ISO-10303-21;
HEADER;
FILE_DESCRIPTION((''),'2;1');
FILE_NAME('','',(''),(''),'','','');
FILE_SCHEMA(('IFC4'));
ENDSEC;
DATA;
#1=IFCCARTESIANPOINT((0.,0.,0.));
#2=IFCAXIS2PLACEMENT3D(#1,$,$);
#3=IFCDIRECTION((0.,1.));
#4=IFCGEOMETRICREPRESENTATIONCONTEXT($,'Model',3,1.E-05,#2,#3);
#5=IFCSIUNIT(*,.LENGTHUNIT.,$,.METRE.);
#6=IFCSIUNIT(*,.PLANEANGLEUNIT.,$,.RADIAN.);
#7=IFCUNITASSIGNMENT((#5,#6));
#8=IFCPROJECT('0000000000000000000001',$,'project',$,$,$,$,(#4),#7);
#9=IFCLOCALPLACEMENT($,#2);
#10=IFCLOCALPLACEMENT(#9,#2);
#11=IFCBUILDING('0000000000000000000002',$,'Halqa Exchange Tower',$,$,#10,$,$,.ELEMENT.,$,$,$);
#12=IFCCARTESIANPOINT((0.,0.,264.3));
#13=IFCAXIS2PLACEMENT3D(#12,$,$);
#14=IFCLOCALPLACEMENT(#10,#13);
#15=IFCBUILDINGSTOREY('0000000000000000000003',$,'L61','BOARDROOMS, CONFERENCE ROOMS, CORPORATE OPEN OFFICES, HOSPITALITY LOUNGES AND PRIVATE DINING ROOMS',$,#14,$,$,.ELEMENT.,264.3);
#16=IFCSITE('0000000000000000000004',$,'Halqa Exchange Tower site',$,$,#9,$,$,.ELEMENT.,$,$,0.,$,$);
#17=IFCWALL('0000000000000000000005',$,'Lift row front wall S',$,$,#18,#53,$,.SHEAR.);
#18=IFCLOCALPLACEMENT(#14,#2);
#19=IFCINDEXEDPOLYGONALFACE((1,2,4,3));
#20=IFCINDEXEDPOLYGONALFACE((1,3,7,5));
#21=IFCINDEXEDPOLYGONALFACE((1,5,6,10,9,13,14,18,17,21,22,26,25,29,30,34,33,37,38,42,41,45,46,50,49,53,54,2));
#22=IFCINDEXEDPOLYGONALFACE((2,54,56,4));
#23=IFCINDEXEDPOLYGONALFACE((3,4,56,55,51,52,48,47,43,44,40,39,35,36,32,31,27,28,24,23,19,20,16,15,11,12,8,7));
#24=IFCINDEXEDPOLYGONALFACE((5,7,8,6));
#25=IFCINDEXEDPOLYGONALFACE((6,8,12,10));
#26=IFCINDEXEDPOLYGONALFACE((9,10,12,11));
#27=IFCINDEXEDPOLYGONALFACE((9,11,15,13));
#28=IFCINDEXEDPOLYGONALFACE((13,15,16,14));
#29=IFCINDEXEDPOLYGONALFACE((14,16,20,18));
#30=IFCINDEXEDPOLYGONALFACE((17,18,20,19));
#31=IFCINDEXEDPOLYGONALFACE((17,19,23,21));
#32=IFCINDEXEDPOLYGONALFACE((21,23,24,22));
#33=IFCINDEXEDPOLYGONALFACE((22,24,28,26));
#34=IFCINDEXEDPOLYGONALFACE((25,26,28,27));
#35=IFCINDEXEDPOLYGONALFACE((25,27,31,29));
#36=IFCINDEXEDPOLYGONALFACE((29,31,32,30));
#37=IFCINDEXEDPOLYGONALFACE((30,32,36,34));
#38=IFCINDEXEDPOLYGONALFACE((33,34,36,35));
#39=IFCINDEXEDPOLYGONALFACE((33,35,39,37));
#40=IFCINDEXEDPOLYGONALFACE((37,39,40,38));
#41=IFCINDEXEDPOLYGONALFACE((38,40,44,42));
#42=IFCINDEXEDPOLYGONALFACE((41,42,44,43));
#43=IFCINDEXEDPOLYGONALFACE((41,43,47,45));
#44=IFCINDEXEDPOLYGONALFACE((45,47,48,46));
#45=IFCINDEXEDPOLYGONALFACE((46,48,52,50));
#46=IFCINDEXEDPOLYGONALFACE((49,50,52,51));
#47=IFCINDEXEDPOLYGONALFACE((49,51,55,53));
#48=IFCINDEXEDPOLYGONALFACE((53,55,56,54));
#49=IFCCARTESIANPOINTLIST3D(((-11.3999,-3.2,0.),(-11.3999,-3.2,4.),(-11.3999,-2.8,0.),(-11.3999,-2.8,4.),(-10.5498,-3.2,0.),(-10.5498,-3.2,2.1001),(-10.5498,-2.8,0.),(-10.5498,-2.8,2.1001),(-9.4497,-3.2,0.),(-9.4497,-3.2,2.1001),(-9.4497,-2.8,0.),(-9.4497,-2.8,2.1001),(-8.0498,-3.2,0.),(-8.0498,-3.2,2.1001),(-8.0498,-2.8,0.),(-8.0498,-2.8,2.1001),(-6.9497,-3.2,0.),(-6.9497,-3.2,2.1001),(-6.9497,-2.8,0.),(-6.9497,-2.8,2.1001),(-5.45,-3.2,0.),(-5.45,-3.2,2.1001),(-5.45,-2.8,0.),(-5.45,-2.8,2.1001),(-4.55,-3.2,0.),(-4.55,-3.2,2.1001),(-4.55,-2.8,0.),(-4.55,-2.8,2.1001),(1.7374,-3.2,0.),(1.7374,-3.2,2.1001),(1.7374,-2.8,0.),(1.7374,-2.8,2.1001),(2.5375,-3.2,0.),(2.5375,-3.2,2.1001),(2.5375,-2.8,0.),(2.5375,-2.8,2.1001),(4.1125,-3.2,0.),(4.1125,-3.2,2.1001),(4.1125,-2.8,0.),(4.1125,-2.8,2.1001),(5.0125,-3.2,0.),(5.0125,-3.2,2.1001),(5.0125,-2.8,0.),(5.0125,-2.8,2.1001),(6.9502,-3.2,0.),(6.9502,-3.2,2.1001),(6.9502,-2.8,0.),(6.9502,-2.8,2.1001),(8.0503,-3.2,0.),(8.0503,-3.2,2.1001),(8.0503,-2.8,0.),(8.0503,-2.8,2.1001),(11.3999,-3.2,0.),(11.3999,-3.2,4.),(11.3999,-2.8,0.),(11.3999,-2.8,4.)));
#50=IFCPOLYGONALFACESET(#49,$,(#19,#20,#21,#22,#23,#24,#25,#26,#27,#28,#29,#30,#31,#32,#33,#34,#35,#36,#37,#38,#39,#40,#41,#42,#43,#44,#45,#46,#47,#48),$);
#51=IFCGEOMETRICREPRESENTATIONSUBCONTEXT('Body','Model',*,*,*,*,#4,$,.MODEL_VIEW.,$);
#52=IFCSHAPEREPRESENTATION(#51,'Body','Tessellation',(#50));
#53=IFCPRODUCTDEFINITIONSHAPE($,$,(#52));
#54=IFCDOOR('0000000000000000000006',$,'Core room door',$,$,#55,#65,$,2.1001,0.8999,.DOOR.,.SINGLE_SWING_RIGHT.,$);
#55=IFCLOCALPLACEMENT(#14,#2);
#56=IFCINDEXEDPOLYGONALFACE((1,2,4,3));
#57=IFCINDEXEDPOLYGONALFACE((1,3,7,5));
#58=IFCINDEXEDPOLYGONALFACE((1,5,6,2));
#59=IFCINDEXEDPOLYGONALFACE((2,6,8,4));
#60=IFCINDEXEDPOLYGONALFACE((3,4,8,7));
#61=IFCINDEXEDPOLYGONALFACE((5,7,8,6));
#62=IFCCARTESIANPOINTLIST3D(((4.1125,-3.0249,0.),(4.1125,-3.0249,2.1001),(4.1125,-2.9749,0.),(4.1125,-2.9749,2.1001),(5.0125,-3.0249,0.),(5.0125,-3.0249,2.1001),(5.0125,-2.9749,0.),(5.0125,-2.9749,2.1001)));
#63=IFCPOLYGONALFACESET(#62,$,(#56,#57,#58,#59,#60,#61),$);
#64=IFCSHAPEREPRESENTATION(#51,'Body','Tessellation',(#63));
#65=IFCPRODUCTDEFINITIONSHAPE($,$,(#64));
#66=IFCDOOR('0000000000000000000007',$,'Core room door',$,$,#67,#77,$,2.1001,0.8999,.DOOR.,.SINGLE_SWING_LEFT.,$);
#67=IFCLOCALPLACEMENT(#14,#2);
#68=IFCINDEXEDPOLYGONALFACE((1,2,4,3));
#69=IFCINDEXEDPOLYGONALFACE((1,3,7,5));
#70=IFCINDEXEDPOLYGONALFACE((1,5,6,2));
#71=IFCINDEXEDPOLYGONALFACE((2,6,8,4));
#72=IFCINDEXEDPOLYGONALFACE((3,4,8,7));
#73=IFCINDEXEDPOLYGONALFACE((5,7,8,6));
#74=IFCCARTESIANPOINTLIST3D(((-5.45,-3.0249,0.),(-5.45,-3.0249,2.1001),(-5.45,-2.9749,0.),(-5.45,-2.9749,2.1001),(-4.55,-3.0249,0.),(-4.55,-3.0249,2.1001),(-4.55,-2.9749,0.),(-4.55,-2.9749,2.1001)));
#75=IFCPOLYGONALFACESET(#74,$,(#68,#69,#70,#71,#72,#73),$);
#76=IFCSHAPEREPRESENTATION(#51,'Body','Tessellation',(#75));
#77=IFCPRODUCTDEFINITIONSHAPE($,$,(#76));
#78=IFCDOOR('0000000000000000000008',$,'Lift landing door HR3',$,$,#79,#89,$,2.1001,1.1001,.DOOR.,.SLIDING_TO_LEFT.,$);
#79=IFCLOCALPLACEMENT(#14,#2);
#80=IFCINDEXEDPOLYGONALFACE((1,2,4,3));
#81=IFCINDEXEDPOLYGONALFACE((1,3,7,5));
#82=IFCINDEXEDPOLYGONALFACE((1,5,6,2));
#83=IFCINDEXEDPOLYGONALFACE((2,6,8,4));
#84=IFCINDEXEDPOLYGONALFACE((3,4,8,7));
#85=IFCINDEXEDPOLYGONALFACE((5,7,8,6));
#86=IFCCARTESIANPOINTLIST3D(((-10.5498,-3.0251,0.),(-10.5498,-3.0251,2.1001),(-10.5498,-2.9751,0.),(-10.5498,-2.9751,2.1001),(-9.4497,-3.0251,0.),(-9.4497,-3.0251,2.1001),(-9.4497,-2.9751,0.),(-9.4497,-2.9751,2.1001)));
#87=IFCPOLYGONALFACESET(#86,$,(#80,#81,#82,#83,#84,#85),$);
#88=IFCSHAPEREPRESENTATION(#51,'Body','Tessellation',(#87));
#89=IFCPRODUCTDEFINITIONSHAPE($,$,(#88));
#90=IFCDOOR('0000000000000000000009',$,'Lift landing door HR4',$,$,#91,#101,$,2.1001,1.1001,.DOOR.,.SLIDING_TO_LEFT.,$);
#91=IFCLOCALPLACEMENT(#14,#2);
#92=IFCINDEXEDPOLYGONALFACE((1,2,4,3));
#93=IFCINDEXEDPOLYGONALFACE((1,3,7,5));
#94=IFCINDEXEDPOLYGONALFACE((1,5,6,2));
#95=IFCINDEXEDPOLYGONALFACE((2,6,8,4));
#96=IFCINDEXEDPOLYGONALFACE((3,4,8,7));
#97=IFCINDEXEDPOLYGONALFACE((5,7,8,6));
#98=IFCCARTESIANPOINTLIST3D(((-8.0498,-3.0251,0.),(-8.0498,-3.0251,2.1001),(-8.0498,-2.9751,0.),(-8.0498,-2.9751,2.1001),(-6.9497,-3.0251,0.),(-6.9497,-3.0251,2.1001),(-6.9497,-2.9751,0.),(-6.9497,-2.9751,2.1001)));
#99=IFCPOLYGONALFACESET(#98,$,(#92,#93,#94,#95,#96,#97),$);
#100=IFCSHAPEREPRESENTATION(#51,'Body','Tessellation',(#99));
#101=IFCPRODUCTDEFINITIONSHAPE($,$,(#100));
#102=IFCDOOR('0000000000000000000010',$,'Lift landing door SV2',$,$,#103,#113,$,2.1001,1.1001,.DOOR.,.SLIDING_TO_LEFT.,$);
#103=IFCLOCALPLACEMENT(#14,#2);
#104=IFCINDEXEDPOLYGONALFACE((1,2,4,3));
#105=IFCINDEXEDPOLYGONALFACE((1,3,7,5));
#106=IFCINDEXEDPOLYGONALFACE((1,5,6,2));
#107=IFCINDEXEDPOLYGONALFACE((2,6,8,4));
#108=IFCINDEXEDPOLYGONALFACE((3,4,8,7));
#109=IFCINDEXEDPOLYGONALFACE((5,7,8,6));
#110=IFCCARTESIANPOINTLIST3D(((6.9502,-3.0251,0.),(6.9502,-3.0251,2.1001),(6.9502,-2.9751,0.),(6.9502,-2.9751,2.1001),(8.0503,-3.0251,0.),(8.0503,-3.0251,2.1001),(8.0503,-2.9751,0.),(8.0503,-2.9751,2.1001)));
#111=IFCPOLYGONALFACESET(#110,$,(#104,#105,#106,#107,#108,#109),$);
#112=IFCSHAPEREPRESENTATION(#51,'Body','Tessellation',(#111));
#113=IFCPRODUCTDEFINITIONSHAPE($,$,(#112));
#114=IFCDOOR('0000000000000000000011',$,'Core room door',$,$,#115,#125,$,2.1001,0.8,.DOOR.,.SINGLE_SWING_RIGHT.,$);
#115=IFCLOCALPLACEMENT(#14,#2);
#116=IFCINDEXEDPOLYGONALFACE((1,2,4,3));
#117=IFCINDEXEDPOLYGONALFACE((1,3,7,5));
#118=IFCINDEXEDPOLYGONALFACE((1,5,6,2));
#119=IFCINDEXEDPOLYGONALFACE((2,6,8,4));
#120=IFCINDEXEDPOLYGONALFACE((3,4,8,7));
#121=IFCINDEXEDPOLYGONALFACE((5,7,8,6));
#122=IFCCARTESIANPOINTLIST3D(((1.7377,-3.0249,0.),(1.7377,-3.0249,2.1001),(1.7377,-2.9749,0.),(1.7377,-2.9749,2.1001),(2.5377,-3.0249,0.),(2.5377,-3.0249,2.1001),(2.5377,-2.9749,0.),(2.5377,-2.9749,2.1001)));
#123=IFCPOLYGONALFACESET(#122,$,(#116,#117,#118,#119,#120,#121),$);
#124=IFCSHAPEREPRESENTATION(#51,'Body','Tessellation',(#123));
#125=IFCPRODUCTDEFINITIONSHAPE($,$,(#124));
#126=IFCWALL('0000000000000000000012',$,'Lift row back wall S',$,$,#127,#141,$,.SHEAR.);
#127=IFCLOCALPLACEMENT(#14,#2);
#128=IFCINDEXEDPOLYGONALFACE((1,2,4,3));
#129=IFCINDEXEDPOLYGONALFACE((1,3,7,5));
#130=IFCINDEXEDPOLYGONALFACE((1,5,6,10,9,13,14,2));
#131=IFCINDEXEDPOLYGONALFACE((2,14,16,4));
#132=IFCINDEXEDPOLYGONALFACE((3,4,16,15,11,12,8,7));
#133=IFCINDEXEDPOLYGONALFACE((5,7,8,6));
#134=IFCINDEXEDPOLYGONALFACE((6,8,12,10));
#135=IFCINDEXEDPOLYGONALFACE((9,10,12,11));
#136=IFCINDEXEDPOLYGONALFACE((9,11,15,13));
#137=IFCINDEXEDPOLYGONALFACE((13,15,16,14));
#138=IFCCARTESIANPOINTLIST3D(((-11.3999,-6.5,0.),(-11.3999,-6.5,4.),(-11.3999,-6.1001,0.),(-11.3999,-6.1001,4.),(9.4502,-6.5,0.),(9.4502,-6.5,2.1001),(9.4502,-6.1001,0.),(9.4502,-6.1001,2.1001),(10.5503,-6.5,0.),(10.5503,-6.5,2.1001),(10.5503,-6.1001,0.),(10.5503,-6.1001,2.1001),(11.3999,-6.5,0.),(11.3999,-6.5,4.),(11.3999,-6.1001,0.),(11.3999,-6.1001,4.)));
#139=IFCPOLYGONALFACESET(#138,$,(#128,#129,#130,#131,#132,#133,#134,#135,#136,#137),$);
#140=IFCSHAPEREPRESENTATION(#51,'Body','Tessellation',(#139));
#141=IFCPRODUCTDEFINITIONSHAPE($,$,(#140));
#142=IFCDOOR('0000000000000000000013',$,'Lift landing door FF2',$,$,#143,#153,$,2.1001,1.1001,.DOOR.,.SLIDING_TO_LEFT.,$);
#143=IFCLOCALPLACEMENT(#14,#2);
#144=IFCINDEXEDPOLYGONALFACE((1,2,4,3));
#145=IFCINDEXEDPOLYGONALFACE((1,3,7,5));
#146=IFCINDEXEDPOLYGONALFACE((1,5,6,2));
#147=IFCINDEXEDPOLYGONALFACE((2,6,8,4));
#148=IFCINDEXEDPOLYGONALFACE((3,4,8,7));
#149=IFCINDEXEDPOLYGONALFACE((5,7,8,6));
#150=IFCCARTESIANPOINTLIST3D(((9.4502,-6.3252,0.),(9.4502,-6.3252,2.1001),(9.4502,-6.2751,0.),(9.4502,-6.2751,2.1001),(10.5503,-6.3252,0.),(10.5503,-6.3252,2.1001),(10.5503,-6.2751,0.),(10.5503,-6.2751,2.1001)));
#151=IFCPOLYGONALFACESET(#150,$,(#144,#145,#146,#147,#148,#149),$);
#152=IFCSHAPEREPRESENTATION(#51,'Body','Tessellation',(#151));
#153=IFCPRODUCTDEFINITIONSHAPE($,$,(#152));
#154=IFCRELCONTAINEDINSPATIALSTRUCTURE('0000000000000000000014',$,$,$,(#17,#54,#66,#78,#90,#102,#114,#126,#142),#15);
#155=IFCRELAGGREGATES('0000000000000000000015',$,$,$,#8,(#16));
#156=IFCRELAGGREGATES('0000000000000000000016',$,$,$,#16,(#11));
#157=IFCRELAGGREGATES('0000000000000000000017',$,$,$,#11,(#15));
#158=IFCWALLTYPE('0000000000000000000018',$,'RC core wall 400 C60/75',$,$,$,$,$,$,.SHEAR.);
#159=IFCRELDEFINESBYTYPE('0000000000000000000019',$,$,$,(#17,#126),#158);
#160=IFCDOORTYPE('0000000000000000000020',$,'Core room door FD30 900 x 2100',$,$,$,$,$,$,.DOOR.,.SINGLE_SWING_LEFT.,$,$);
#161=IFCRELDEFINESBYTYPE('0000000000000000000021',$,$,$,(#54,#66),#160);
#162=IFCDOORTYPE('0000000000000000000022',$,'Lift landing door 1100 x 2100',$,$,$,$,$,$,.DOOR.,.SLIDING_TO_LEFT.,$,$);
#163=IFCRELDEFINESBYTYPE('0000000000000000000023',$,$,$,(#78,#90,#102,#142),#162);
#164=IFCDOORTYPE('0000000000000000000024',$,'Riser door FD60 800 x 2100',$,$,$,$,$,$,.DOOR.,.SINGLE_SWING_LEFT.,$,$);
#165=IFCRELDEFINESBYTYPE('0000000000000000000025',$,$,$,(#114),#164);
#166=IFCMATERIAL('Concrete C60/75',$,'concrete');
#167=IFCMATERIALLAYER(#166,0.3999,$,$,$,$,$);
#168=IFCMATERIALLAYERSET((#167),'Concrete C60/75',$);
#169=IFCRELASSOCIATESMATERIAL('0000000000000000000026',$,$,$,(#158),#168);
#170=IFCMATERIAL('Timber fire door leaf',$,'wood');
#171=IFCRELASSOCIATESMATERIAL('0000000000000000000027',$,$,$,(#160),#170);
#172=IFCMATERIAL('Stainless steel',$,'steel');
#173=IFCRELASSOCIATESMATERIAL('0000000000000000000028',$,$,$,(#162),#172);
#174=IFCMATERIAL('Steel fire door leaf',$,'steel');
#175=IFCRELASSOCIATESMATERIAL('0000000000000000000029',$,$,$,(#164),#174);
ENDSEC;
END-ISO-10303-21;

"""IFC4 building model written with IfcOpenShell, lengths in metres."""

from ifc_helpers import new_model, si_unit, direction, frame, frame_2d, origin, place, context, subcontext, project, spatial, rectangle, extrude, material, layer, layer_set, type_object, element, fill, save


model = new_model("IFC4")

# Units and contexts
model_context = context("Model", 3, precision=1e-05, world=origin(), true_north=direction((0.0, 1.0)))
body_context = subcontext(model_context, "Body", "Model", "MODEL_VIEW")
ifc_project = project(units=[si_unit("LENGTHUNIT", "METRE"), si_unit("PLANEANGLEUNIT", "RADIAN")], contexts=[model_context])

# Site, building, storey
site_placement = place(None, origin())
site = spatial("IfcSite", under=ifc_project, at=site_placement, Name="Halqa Exchange Tower site", CompositionType="ELEMENT", RefElevation=0.0)
building_placement = place(site_placement, origin())
building = spatial("IfcBuilding", under=site, at=building_placement, Name="Halqa Exchange Tower", CompositionType="ELEMENT")
storey_placement = place(building_placement, frame((0.0, 0.0, 264.3)))
storey = spatial("IfcBuildingStorey", under=building, at=storey_placement, Name="L61", Description="BOARDROOMS, CONFERENCE ROOMS, CORPORATE OPEN OFFICES, HOSPITALITY LOUNGES AND PRIVATE DINING ROOMS", CompositionType="ELEMENT", Elevation=264.3)

# Shared definitions
ifc_material_1 = material(Name="Concrete C60/75", Category="concrete")

# Wall, openings, doors
ifc_layer_1 = layer(ifc_material_1, 0.3999)
ifc_layer_set_1 = layer_set([ifc_layer_1], Name="Concrete C60/75")
wall_type_1 = type_object("IfcWallType", Name="RC core wall 400 C60/75", PredefinedType="SHEAR", material=ifc_layer_set_1)
wall_1_placement = place(storey_placement, frame((-11.3999, -3.0, 0.0), z_axis=(0.0, 0.0, 1.0), x_axis=(1.0, 0.0, 0.0)))
wall_1 = element("IfcWall", 1, at=wall_1_placement, inside=storey, type_object=wall_type_1, Name="Lift row front wall S", PredefinedType="SHEAR", context=body_context, shape_type="SweptSolid", body=[
    extrude(rectangle(XDim=22.7998, YDim=0.3999, at=frame_2d((11.3999, 0.0))), origin(), (0.0, 0.0, 1.0), 4.0),
])
opening_1_placement = place(wall_1_placement, frame((0.8501, 0.0, 0.0)))
opening_1 = element("IfcOpeningElement", 2, at=opening_1_placement, cuts=wall_1, PredefinedType="OPENING", context=body_context, shape_type="SweptSolid", body=[
    extrude(rectangle(XDim=1.1001, YDim=2.1001, at=frame_2d((0.55, 1.05))), frame((0.0, 0.2119, 0.0), z_axis=(0.0, -1.0, 0.0), x_axis=(1.0, 0.0, 0.0)), (0.0, 0.0, 1.0), 0.4238),
])
opening_2_placement = place(wall_1_placement, frame((3.3501, 0.0, 0.0)))
opening_2 = element("IfcOpeningElement", 3, at=opening_2_placement, cuts=wall_1, PredefinedType="OPENING", context=body_context, shape_type="SweptSolid", body=[
    extrude(rectangle(XDim=1.1001, YDim=2.1001, at=frame_2d((0.55, 1.05))), frame((0.0, 0.2119, 0.0), z_axis=(0.0, -1.0, 0.0), x_axis=(1.0, 0.0, 0.0)), (0.0, 0.0, 1.0), 0.4238),
])
opening_3_placement = place(wall_1_placement, frame((18.3501, 0.0, 0.0)))
opening_3 = element("IfcOpeningElement", 4, at=opening_3_placement, cuts=wall_1, PredefinedType="OPENING", context=body_context, shape_type="SweptSolid", body=[
    extrude(rectangle(XDim=1.1001, YDim=2.1001, at=frame_2d((0.55, 1.05))), frame((0.0, 0.2119, 0.0), z_axis=(0.0, -1.0, 0.0), x_axis=(1.0, 0.0, 0.0)), (0.0, 0.0, 1.0), 0.4238),
])
opening_4_placement = place(wall_1_placement, frame((13.1375, 0.0, 0.0)))
opening_4 = element("IfcOpeningElement", 5, at=opening_4_placement, cuts=wall_1, PredefinedType="OPENING", context=body_context, shape_type="SweptSolid", body=[
    extrude(rectangle(XDim=0.8, YDim=2.1001, at=frame_2d((0.3999, 1.05))), frame((0.0, 0.2119, 0.0), z_axis=(0.0, -1.0, 0.0), x_axis=(1.0, 0.0, 0.0)), (0.0, 0.0, 1.0), 0.4238),
])
opening_5_placement = place(wall_1_placement, frame((15.5125, 0.0, 0.0)))
opening_5 = element("IfcOpeningElement", 6, at=opening_5_placement, cuts=wall_1, PredefinedType="OPENING", context=body_context, shape_type="SweptSolid", body=[
    extrude(rectangle(XDim=0.8999, YDim=2.1001, at=frame_2d((0.45, 1.05))), frame((0.0, 0.2119, 0.0), z_axis=(0.0, -1.0, 0.0), x_axis=(1.0, 0.0, 0.0)), (0.0, 0.0, 1.0), 0.4238),
])
opening_6_placement = place(wall_1_placement, frame((5.95, 0.0, 0.0)))
opening_6 = element("IfcOpeningElement", 7, at=opening_6_placement, cuts=wall_1, PredefinedType="OPENING", context=body_context, shape_type="SweptSolid", body=[
    extrude(rectangle(XDim=0.8999, YDim=2.1001, at=frame_2d((0.45, 1.05))), frame((0.0, 0.2119, 0.0), z_axis=(0.0, -1.0, 0.0), x_axis=(1.0, 0.0, 0.0)), (0.0, 0.0, 1.0), 0.4238),
])
ifc_material_2 = material(Name="Timber fire door leaf", Category="wood")
door_type_1 = type_object("IfcDoorType", Name="Core room door FD30 900 x 2100", OperationType="SINGLE_SWING_LEFT", PredefinedType="DOOR", material=ifc_material_2)
door_1_placement = place(opening_5_placement, frame((0.8999, 0.0, 0.0), z_axis=(0.0, 0.0, 1.0), x_axis=(-1.0, 0.0, 0.0)))
door_1 = element("IfcDoor", 8, at=door_1_placement, inside=storey, type_object=door_type_1, Name="Core room door", OperationType="SINGLE_SWING_RIGHT", OverallHeight=2.1001, OverallWidth=0.8999, PredefinedType="DOOR", context=body_context, shape_type="SweptSolid", body=[
    extrude(rectangle(XDim=0.8999, YDim=2.1001, at=frame_2d((0.45, 1.05))), frame((0.0, 0.0249, 0.0), z_axis=(0.0, -1.0, 0.0), x_axis=(1.0, 0.0, 0.0)), (0.0, 0.0, 1.0), 0.05),
])
fill(opening_5, door_1)
door_2_placement = place(opening_6_placement, frame((0.8999, 0.0, 0.0), z_axis=(0.0, 0.0, 1.0), x_axis=(-1.0, 0.0, 0.0)))
door_2 = element("IfcDoor", 9, at=door_2_placement, inside=storey, type_object=door_type_1, Name="Core room door", OperationType="SINGLE_SWING_LEFT", OverallHeight=2.1001, OverallWidth=0.8999, PredefinedType="DOOR", context=body_context, shape_type="SweptSolid", body=[
    extrude(rectangle(XDim=0.8999, YDim=2.1001, at=frame_2d((0.45, 1.05))), frame((0.0, 0.0249, 0.0), z_axis=(0.0, -1.0, 0.0), x_axis=(1.0, 0.0, 0.0)), (0.0, 0.0, 1.0), 0.05),
])
fill(opening_6, door_2)
ifc_material_3 = material(Name="Stainless steel", Category="steel")
door_type_2 = type_object("IfcDoorType", Name="Lift landing door 1100 x 2100", OperationType="SLIDING_TO_LEFT", PredefinedType="DOOR", material=ifc_material_3)
door_3_placement = place(opening_1_placement, origin())
door_3 = element("IfcDoor", 10, at=door_3_placement, inside=storey, type_object=door_type_2, Name="Lift landing door HR3", OperationType="SLIDING_TO_LEFT", OverallHeight=2.1001, OverallWidth=1.1001, PredefinedType="DOOR", context=body_context, shape_type="SweptSolid", body=[
    extrude(rectangle(XDim=1.1001, YDim=2.1001, at=frame_2d((0.55, 1.05))), frame((0.0, 0.0249, 0.0), z_axis=(0.0, -1.0, 0.0), x_axis=(1.0, 0.0, 0.0)), (0.0, 0.0, 1.0), 0.05),
])
fill(opening_1, door_3)
door_4_placement = place(opening_2_placement, origin())
door_4 = element("IfcDoor", 11, at=door_4_placement, inside=storey, type_object=door_type_2, Name="Lift landing door HR4", OperationType="SLIDING_TO_LEFT", OverallHeight=2.1001, OverallWidth=1.1001, PredefinedType="DOOR", context=body_context, shape_type="SweptSolid", body=[
    extrude(rectangle(XDim=1.1001, YDim=2.1001, at=frame_2d((0.55, 1.05))), frame((0.0, 0.0249, 0.0), z_axis=(0.0, -1.0, 0.0), x_axis=(1.0, 0.0, 0.0)), (0.0, 0.0, 1.0), 0.05),
])
fill(opening_2, door_4)
door_5_placement = place(opening_3_placement, origin())
door_5 = element("IfcDoor", 12, at=door_5_placement, inside=storey, type_object=door_type_2, Name="Lift landing door SV2", OperationType="SLIDING_TO_LEFT", OverallHeight=2.1001, OverallWidth=1.1001, PredefinedType="DOOR", context=body_context, shape_type="SweptSolid", body=[
    extrude(rectangle(XDim=1.1001, YDim=2.1001, at=frame_2d((0.55, 1.05))), frame((0.0, 0.0249, 0.0), z_axis=(0.0, -1.0, 0.0), x_axis=(1.0, 0.0, 0.0)), (0.0, 0.0, 1.0), 0.05),
])
fill(opening_3, door_5)
ifc_material_4 = material(Name="Steel fire door leaf", Category="steel")
door_type_3 = type_object("IfcDoorType", Name="Riser door FD60 800 x 2100", OperationType="SINGLE_SWING_LEFT", PredefinedType="DOOR", material=ifc_material_4)
door_6_placement = place(opening_4_placement, frame((0.8, 0.0, 0.0), z_axis=(0.0, 0.0, 1.0), x_axis=(-1.0, 0.0, 0.0)))
door_6 = element("IfcDoor", 13, at=door_6_placement, inside=storey, type_object=door_type_3, Name="Core room door", OperationType="SINGLE_SWING_RIGHT", OverallHeight=2.1001, OverallWidth=0.8, PredefinedType="DOOR", context=body_context, shape_type="SweptSolid", body=[
    extrude(rectangle(XDim=0.8, YDim=2.1001, at=frame_2d((0.3999, 1.05))), frame((0.0, 0.0249, 0.0), z_axis=(0.0, -1.0, 0.0), x_axis=(1.0, 0.0, 0.0)), (0.0, 0.0, 1.0), 0.05),
])
fill(opening_4, door_6)

# Wall, opening, door
wall_2_placement = place(storey_placement, frame((-11.3999, -6.3, 0.0), z_axis=(0.0, 0.0, 1.0), x_axis=(1.0, 0.0, 0.0)))
wall_2 = element("IfcWall", 14, at=wall_2_placement, inside=storey, type_object=wall_type_1, Name="Lift row back wall S", PredefinedType="SHEAR", context=body_context, shape_type="SweptSolid", body=[
    extrude(rectangle(XDim=22.7998, YDim=0.3999, at=frame_2d((11.3999, 0.0))), origin(), (0.0, 0.0, 1.0), 4.0),
])
opening_7_placement = place(wall_2_placement, frame((20.8501, 0.0, 0.0)))
opening_7 = element("IfcOpeningElement", 15, at=opening_7_placement, cuts=wall_2, PredefinedType="OPENING", context=body_context, shape_type="SweptSolid", body=[
    extrude(rectangle(XDim=1.1001, YDim=2.1001, at=frame_2d((0.55, 1.05))), frame((0.0, 0.2119, 0.0), z_axis=(0.0, -1.0, 0.0), x_axis=(1.0, 0.0, 0.0)), (0.0, 0.0, 1.0), 0.4238),
])
door_7_placement = place(opening_7_placement, origin())
door_7 = element("IfcDoor", 16, at=door_7_placement, inside=storey, type_object=door_type_2, Name="Lift landing door FF2", OperationType="SLIDING_TO_LEFT", OverallHeight=2.1001, OverallWidth=1.1001, PredefinedType="DOOR", context=body_context, shape_type="SweptSolid", body=[
    extrude(rectangle(XDim=1.1001, YDim=2.1001, at=frame_2d((0.55, 1.05))), frame((0.0, 0.0249, 0.0), z_axis=(0.0, -1.0, 0.0), x_axis=(1.0, 0.0, 0.0)), (0.0, 0.0, 1.0), 0.05),
])
fill(opening_7, door_7)

save(model, "model.ifc")
